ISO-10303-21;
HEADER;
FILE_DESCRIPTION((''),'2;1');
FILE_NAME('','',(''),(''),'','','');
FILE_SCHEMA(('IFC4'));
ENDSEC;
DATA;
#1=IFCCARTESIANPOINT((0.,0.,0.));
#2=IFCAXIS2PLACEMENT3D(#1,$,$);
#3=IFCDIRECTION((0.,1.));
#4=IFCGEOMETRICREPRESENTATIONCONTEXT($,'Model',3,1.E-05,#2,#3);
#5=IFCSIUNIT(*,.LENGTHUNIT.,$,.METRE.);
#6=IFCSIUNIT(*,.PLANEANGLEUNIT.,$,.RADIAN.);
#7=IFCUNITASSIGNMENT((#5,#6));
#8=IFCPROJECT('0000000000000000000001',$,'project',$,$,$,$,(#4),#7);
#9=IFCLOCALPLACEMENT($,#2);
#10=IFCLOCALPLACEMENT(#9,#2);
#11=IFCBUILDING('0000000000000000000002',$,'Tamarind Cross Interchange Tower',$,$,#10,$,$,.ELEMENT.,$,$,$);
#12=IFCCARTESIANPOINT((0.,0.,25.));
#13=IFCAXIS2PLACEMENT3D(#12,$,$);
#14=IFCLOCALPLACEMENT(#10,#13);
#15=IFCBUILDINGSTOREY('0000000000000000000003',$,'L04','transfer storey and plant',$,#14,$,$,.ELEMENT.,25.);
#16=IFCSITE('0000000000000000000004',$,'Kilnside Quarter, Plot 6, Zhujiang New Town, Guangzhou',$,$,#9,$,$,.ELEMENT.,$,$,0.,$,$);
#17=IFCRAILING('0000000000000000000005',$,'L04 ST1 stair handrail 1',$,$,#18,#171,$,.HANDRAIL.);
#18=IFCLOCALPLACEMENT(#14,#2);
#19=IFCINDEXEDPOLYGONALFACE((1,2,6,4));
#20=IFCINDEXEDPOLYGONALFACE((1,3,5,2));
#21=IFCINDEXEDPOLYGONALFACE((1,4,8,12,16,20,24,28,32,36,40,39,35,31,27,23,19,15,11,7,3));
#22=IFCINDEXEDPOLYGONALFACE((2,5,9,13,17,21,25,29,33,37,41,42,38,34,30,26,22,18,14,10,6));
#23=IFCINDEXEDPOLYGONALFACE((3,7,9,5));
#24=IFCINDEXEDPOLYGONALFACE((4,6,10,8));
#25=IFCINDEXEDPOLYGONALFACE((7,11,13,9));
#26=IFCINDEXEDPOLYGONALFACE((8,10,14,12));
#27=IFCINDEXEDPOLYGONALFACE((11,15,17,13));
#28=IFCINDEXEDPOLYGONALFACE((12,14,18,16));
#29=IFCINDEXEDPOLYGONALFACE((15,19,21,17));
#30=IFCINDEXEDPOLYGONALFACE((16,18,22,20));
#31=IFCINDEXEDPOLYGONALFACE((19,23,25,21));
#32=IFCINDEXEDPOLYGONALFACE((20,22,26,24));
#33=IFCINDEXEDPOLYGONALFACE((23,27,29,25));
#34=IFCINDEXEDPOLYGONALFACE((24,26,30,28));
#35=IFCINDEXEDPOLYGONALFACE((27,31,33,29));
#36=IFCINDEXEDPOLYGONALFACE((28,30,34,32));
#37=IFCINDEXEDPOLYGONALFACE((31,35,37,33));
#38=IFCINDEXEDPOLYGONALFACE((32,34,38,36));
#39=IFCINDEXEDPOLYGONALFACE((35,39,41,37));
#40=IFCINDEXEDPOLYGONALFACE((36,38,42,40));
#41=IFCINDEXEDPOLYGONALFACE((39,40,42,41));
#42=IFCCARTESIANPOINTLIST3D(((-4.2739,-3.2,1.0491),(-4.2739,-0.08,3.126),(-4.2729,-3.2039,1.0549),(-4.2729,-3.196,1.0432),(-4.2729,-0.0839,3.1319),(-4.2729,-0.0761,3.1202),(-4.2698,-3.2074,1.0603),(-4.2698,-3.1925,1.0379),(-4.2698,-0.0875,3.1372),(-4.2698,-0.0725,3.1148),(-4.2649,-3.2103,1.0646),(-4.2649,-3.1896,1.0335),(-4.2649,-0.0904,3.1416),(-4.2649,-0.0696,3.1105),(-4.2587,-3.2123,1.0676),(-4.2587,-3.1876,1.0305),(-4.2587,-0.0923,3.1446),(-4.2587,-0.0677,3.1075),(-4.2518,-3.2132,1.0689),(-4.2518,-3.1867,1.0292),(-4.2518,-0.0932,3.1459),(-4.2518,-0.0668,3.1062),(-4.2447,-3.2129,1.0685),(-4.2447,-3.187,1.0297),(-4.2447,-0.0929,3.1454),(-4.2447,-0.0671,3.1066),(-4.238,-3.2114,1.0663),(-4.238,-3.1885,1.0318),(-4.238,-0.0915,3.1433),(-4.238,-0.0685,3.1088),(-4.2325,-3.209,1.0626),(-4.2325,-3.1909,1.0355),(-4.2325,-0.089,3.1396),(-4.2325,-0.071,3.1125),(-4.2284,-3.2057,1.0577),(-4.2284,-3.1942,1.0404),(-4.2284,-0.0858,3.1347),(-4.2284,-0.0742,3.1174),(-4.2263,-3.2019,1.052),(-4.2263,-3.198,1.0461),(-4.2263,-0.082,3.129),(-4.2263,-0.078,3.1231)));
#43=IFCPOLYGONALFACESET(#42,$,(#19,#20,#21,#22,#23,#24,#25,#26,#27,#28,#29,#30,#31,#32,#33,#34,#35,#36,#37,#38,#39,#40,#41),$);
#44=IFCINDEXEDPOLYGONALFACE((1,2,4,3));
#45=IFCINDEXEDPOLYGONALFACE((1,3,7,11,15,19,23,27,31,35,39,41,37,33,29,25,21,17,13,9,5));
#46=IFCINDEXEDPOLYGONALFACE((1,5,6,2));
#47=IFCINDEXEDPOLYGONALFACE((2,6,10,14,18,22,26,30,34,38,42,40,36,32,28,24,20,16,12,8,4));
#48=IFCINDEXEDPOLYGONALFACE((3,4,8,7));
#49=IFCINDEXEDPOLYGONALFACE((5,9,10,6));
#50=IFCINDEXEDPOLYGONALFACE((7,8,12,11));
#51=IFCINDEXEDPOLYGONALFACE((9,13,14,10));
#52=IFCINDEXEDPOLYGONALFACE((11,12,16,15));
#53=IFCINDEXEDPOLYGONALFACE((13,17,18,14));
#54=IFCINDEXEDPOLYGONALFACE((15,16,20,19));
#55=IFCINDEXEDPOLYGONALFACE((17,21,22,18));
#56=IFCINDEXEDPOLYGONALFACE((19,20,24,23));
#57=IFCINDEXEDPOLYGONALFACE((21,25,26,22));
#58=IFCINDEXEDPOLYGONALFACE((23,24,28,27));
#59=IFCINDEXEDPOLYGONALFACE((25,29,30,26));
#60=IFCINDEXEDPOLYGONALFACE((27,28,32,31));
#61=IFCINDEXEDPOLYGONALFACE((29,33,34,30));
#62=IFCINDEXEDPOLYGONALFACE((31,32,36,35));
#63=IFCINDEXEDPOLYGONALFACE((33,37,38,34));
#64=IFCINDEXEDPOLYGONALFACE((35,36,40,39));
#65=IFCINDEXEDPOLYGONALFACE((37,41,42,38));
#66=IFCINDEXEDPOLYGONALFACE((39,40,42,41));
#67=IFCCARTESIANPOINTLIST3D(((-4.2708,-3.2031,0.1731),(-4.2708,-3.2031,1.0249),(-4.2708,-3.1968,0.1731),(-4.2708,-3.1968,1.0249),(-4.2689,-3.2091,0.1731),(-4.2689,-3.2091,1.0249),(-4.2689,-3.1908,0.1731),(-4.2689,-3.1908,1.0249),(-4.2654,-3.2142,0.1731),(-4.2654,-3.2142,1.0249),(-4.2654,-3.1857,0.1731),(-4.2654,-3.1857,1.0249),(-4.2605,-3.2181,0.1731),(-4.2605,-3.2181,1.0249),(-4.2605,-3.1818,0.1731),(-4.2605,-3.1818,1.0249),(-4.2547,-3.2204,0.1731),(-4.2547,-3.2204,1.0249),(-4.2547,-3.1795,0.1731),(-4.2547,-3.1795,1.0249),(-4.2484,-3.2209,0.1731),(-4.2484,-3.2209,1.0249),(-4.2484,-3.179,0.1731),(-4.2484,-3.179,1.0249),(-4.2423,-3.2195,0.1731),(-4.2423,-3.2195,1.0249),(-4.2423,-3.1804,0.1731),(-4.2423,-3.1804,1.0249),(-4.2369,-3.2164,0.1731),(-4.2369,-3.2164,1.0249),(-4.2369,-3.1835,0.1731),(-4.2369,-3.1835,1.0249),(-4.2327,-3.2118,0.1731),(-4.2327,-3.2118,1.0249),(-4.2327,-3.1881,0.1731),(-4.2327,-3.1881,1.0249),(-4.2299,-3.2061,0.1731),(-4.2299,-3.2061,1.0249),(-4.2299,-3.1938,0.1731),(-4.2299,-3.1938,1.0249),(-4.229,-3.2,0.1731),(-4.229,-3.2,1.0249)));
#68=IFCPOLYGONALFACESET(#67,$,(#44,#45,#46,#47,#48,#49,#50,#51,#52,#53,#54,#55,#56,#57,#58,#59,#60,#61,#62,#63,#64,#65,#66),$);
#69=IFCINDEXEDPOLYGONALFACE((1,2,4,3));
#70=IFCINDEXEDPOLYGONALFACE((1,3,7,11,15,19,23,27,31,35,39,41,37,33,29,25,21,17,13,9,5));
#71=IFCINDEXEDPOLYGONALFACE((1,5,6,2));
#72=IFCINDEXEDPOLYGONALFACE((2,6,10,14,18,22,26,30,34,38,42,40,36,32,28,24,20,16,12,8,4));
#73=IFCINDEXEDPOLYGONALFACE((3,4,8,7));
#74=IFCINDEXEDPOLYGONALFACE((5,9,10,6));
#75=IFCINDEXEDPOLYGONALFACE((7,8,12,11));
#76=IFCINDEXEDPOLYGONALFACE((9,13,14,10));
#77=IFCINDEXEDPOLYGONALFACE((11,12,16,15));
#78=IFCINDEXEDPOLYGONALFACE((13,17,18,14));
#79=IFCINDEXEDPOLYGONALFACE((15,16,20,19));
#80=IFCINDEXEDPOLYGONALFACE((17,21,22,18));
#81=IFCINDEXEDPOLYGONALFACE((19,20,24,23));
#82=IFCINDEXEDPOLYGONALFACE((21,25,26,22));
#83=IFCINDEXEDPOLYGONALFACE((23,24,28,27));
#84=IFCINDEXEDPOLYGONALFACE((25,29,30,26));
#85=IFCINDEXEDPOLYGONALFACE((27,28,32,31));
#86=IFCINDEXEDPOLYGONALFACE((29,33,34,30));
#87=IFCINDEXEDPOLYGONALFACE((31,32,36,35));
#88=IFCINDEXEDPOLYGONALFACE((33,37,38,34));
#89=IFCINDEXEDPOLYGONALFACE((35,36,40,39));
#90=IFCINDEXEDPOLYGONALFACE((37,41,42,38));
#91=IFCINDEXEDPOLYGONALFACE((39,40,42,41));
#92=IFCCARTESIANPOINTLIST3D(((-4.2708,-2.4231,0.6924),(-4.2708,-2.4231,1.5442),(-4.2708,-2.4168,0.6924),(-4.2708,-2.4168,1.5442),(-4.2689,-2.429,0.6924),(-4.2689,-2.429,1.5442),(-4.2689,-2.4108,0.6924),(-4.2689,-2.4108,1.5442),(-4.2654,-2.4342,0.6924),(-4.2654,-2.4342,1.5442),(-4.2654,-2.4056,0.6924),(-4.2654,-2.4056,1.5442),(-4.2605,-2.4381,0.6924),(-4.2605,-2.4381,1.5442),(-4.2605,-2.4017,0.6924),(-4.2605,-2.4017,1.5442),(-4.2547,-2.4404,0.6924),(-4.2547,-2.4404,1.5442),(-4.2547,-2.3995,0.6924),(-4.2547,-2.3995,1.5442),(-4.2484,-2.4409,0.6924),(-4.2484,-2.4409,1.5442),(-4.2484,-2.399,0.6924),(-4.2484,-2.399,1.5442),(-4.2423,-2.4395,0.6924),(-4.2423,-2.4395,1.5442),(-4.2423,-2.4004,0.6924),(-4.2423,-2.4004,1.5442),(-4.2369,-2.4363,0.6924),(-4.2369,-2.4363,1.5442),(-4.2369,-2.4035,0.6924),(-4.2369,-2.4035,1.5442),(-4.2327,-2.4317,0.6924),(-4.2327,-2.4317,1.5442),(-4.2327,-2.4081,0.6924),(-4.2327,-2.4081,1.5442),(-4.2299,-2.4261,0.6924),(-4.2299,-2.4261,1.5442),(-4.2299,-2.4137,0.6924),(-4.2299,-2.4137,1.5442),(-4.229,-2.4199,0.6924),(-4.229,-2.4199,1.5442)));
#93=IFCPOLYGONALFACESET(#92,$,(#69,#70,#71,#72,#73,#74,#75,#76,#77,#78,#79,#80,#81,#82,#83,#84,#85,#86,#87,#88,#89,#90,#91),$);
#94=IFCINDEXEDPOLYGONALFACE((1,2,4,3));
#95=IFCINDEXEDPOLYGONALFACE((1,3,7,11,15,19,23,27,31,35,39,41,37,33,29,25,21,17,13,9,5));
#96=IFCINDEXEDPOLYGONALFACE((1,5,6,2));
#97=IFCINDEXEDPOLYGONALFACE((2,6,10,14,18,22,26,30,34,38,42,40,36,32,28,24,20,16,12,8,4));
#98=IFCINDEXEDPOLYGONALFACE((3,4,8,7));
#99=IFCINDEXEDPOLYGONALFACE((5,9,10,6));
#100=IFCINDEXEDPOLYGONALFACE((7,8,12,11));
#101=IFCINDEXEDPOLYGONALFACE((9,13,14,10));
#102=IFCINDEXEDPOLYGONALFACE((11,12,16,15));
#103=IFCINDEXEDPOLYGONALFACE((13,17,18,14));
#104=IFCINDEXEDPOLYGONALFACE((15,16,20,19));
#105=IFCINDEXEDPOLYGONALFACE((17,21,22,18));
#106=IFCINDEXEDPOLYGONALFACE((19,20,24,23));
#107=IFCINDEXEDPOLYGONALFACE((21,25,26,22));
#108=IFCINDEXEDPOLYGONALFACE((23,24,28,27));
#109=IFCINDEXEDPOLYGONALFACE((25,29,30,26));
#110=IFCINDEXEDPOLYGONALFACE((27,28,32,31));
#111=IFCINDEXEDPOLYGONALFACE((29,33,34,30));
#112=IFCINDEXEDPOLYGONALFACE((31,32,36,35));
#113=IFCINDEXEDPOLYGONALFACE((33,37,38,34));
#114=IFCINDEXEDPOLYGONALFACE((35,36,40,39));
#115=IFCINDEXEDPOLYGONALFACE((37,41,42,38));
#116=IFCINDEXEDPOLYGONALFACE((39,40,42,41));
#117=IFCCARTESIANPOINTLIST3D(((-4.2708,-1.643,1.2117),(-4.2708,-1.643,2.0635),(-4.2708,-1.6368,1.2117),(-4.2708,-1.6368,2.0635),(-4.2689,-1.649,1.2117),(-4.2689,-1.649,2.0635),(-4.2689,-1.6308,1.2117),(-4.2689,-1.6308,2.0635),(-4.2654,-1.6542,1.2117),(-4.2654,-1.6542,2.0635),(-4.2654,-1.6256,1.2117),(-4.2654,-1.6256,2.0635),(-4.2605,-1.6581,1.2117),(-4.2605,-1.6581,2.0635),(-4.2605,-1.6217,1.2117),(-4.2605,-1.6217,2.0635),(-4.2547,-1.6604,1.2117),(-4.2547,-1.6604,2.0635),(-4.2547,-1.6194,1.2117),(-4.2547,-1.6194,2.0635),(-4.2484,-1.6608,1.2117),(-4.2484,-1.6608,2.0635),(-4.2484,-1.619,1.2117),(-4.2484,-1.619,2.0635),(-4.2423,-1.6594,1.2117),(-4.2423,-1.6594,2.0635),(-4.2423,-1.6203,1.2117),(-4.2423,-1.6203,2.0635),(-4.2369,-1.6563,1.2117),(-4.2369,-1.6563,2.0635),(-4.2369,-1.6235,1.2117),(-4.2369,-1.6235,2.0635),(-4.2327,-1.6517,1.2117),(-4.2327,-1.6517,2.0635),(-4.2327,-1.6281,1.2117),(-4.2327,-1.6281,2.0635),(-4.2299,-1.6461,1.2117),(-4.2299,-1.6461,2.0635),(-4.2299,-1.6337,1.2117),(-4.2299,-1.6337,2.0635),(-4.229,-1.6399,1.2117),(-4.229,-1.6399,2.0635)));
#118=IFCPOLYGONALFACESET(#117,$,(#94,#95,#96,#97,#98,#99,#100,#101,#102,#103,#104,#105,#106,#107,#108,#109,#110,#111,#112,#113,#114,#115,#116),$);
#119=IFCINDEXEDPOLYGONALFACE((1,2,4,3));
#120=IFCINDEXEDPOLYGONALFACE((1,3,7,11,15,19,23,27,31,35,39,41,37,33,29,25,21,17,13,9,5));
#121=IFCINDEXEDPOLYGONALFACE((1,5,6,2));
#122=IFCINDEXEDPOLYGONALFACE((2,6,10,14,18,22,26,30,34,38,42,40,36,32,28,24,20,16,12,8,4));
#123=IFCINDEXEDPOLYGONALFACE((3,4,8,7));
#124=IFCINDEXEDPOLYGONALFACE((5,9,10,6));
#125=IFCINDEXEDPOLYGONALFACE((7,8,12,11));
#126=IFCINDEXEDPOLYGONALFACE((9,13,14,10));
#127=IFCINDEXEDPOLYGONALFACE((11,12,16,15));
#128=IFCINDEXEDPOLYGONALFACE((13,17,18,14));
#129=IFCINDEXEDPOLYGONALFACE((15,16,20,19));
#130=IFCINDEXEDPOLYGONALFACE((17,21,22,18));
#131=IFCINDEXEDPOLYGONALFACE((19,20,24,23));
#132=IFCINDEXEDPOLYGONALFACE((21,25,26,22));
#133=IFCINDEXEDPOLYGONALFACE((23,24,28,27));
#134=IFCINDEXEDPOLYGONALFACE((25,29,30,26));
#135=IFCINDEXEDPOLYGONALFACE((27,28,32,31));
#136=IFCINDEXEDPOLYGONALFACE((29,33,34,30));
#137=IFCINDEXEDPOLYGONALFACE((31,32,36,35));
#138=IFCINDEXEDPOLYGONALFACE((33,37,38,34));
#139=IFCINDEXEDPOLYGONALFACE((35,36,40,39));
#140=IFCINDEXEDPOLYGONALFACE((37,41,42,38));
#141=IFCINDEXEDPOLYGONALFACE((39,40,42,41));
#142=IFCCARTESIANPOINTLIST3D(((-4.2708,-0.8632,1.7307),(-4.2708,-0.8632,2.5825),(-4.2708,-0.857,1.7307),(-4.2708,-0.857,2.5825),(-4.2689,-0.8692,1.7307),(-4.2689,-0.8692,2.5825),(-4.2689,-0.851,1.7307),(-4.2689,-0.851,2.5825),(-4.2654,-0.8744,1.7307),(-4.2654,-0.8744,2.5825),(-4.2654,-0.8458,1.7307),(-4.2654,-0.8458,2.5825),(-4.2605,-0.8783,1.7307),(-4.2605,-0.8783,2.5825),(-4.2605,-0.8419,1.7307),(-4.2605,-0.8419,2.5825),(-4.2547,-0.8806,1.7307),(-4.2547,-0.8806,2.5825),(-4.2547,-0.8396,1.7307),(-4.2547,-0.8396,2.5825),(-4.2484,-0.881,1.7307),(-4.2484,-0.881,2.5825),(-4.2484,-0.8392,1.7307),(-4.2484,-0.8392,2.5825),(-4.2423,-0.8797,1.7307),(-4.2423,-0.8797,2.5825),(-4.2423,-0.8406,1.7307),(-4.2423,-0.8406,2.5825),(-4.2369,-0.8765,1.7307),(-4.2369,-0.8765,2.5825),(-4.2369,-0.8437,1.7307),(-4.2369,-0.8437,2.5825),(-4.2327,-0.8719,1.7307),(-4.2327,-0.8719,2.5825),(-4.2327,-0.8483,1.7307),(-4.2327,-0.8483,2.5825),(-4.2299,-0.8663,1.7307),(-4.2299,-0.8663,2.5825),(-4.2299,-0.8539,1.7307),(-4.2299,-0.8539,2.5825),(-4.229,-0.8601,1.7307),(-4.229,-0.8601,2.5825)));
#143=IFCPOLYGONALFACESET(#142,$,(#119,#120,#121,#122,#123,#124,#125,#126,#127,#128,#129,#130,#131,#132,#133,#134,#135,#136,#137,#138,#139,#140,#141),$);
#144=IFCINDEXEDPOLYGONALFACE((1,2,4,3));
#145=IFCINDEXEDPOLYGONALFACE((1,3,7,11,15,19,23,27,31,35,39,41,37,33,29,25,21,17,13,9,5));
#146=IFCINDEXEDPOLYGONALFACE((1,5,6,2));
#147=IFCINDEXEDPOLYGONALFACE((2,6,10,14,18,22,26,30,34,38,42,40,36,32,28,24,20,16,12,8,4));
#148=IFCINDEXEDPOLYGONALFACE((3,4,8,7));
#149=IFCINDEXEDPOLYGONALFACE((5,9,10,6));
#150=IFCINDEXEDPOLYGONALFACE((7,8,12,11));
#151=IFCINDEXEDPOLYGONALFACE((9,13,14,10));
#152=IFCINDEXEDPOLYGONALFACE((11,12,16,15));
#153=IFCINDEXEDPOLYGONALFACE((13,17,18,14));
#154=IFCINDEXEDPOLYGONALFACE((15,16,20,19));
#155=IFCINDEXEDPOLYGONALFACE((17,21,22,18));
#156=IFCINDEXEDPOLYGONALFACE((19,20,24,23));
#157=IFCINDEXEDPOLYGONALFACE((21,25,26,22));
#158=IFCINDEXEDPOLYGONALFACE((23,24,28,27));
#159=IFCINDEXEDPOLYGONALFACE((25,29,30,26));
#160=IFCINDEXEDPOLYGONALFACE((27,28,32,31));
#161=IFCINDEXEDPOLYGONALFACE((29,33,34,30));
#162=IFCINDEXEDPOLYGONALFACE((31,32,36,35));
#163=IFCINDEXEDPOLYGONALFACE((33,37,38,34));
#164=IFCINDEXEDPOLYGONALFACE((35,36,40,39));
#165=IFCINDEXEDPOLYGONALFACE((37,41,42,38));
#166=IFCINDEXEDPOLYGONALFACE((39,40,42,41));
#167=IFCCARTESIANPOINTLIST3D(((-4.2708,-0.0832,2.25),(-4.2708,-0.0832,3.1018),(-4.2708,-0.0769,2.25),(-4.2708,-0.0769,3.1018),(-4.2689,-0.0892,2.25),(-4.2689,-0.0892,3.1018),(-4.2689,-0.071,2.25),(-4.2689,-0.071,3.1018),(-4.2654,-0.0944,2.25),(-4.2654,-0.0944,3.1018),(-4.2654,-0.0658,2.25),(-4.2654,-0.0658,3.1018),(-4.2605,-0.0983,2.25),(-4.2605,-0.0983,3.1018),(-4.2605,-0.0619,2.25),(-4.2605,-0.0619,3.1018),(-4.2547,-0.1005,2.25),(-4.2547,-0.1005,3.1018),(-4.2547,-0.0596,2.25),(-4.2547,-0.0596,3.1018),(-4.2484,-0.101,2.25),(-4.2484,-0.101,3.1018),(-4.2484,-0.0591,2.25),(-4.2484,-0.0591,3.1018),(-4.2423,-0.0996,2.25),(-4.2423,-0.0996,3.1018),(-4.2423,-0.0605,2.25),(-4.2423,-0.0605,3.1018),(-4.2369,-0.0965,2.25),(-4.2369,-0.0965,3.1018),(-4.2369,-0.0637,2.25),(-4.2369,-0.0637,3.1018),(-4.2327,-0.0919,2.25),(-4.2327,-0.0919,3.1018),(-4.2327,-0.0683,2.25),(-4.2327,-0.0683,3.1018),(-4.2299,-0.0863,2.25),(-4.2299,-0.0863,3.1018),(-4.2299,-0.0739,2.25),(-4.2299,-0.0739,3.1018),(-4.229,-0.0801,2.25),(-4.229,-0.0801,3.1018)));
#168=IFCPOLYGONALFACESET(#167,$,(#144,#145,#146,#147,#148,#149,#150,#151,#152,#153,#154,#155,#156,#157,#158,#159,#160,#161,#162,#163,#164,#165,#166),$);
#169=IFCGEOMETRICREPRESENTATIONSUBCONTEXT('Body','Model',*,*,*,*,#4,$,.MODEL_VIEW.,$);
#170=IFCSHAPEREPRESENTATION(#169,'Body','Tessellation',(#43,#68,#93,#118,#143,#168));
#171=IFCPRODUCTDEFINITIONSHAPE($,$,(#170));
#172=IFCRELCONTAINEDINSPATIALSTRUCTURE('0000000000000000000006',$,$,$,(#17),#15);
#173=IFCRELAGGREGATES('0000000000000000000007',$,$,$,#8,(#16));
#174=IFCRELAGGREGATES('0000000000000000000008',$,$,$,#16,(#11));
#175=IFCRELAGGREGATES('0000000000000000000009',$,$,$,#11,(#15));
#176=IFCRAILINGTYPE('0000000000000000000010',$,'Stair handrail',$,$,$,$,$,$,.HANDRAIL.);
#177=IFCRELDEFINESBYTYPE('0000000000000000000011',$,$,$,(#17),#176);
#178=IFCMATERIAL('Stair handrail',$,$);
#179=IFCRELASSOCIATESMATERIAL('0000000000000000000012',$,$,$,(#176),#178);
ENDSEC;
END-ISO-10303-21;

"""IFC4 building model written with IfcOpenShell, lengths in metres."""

from ifc_helpers import new_model, si_unit, direction, frame, origin, origin_2d, place, context, subcontext, project, spatial, circle, extrude, material, type_object, element, save


model = new_model("IFC4")

# Units and contexts
model_context = context("Model", 3, precision=1e-05, world=origin(), true_north=direction((0.0, 1.0)))
body_context = subcontext(model_context, "Body", "Model", "MODEL_VIEW")
ifc_project = project(units=[si_unit("LENGTHUNIT", "METRE"), si_unit("PLANEANGLEUNIT", "RADIAN")], contexts=[model_context])

# Site, building, storey
site_placement = place(None, origin())
site = spatial("IfcSite", under=ifc_project, at=site_placement, Name="Kilnside Quarter, Plot 6, Zhujiang New Town, Guangzhou", CompositionType="ELEMENT", RefElevation=0.0)
building_placement = place(site_placement, origin())
building = spatial("IfcBuilding", under=site, at=building_placement, Name="Tamarind Cross Interchange Tower", CompositionType="ELEMENT")
storey_placement = place(building_placement, frame((0.0, 0.0, 25.0)))
storey = spatial("IfcBuildingStorey", under=building, at=storey_placement, Name="L04", Description="transfer storey and plant", CompositionType="ELEMENT", Elevation=25.0)

# Railing
ifc_material_1 = material(Name="Stair handrail")
railing_type_1 = type_object("IfcRailingType", Name="Stair handrail", PredefinedType="HANDRAIL", material=ifc_material_1)
railing_1_placement = place(storey_placement, frame((-4.25, -3.2, 0.1731)))
element("IfcRailing", 1, at=railing_1_placement, inside=storey, type_object=railing_type_1, Name="L04 ST1 stair handrail 1", PredefinedType="HANDRAIL", context=body_context, shape_type="SweptSolid", body=[
    extrude(circle(Radius=0.0239, at=origin_2d()), frame((0.0, 0.0, 0.876), z_axis=(0.0, 0.832421, 0.554144), x_axis=(-1.0, 0.0, 0.0)), (0.0, 0.0, 1.0), 3.748),
    extrude(circle(Radius=0.021, at=origin_2d()), origin(), (0.0, 0.0, 1.0), 0.8518),
    extrude(circle(Radius=0.021, at=origin_2d()), frame((0.0, 0.78, 0.5193)), (0.0, 0.0, 1.0), 0.8518),
    extrude(circle(Radius=0.021, at=origin_2d()), frame((0.0, 1.5601, 1.0386)), (0.0, 0.0, 1.0), 0.8518),
    extrude(circle(Radius=0.021, at=origin_2d()), frame((0.0, 2.3398, 1.5576)), (0.0, 0.0, 1.0), 0.8518),
    extrude(circle(Radius=0.021, at=origin_2d()), frame((0.0, 3.1199, 2.0769)), (0.0, 0.0, 1.0), 0.8518),
])

save(model, "model.ifc")
